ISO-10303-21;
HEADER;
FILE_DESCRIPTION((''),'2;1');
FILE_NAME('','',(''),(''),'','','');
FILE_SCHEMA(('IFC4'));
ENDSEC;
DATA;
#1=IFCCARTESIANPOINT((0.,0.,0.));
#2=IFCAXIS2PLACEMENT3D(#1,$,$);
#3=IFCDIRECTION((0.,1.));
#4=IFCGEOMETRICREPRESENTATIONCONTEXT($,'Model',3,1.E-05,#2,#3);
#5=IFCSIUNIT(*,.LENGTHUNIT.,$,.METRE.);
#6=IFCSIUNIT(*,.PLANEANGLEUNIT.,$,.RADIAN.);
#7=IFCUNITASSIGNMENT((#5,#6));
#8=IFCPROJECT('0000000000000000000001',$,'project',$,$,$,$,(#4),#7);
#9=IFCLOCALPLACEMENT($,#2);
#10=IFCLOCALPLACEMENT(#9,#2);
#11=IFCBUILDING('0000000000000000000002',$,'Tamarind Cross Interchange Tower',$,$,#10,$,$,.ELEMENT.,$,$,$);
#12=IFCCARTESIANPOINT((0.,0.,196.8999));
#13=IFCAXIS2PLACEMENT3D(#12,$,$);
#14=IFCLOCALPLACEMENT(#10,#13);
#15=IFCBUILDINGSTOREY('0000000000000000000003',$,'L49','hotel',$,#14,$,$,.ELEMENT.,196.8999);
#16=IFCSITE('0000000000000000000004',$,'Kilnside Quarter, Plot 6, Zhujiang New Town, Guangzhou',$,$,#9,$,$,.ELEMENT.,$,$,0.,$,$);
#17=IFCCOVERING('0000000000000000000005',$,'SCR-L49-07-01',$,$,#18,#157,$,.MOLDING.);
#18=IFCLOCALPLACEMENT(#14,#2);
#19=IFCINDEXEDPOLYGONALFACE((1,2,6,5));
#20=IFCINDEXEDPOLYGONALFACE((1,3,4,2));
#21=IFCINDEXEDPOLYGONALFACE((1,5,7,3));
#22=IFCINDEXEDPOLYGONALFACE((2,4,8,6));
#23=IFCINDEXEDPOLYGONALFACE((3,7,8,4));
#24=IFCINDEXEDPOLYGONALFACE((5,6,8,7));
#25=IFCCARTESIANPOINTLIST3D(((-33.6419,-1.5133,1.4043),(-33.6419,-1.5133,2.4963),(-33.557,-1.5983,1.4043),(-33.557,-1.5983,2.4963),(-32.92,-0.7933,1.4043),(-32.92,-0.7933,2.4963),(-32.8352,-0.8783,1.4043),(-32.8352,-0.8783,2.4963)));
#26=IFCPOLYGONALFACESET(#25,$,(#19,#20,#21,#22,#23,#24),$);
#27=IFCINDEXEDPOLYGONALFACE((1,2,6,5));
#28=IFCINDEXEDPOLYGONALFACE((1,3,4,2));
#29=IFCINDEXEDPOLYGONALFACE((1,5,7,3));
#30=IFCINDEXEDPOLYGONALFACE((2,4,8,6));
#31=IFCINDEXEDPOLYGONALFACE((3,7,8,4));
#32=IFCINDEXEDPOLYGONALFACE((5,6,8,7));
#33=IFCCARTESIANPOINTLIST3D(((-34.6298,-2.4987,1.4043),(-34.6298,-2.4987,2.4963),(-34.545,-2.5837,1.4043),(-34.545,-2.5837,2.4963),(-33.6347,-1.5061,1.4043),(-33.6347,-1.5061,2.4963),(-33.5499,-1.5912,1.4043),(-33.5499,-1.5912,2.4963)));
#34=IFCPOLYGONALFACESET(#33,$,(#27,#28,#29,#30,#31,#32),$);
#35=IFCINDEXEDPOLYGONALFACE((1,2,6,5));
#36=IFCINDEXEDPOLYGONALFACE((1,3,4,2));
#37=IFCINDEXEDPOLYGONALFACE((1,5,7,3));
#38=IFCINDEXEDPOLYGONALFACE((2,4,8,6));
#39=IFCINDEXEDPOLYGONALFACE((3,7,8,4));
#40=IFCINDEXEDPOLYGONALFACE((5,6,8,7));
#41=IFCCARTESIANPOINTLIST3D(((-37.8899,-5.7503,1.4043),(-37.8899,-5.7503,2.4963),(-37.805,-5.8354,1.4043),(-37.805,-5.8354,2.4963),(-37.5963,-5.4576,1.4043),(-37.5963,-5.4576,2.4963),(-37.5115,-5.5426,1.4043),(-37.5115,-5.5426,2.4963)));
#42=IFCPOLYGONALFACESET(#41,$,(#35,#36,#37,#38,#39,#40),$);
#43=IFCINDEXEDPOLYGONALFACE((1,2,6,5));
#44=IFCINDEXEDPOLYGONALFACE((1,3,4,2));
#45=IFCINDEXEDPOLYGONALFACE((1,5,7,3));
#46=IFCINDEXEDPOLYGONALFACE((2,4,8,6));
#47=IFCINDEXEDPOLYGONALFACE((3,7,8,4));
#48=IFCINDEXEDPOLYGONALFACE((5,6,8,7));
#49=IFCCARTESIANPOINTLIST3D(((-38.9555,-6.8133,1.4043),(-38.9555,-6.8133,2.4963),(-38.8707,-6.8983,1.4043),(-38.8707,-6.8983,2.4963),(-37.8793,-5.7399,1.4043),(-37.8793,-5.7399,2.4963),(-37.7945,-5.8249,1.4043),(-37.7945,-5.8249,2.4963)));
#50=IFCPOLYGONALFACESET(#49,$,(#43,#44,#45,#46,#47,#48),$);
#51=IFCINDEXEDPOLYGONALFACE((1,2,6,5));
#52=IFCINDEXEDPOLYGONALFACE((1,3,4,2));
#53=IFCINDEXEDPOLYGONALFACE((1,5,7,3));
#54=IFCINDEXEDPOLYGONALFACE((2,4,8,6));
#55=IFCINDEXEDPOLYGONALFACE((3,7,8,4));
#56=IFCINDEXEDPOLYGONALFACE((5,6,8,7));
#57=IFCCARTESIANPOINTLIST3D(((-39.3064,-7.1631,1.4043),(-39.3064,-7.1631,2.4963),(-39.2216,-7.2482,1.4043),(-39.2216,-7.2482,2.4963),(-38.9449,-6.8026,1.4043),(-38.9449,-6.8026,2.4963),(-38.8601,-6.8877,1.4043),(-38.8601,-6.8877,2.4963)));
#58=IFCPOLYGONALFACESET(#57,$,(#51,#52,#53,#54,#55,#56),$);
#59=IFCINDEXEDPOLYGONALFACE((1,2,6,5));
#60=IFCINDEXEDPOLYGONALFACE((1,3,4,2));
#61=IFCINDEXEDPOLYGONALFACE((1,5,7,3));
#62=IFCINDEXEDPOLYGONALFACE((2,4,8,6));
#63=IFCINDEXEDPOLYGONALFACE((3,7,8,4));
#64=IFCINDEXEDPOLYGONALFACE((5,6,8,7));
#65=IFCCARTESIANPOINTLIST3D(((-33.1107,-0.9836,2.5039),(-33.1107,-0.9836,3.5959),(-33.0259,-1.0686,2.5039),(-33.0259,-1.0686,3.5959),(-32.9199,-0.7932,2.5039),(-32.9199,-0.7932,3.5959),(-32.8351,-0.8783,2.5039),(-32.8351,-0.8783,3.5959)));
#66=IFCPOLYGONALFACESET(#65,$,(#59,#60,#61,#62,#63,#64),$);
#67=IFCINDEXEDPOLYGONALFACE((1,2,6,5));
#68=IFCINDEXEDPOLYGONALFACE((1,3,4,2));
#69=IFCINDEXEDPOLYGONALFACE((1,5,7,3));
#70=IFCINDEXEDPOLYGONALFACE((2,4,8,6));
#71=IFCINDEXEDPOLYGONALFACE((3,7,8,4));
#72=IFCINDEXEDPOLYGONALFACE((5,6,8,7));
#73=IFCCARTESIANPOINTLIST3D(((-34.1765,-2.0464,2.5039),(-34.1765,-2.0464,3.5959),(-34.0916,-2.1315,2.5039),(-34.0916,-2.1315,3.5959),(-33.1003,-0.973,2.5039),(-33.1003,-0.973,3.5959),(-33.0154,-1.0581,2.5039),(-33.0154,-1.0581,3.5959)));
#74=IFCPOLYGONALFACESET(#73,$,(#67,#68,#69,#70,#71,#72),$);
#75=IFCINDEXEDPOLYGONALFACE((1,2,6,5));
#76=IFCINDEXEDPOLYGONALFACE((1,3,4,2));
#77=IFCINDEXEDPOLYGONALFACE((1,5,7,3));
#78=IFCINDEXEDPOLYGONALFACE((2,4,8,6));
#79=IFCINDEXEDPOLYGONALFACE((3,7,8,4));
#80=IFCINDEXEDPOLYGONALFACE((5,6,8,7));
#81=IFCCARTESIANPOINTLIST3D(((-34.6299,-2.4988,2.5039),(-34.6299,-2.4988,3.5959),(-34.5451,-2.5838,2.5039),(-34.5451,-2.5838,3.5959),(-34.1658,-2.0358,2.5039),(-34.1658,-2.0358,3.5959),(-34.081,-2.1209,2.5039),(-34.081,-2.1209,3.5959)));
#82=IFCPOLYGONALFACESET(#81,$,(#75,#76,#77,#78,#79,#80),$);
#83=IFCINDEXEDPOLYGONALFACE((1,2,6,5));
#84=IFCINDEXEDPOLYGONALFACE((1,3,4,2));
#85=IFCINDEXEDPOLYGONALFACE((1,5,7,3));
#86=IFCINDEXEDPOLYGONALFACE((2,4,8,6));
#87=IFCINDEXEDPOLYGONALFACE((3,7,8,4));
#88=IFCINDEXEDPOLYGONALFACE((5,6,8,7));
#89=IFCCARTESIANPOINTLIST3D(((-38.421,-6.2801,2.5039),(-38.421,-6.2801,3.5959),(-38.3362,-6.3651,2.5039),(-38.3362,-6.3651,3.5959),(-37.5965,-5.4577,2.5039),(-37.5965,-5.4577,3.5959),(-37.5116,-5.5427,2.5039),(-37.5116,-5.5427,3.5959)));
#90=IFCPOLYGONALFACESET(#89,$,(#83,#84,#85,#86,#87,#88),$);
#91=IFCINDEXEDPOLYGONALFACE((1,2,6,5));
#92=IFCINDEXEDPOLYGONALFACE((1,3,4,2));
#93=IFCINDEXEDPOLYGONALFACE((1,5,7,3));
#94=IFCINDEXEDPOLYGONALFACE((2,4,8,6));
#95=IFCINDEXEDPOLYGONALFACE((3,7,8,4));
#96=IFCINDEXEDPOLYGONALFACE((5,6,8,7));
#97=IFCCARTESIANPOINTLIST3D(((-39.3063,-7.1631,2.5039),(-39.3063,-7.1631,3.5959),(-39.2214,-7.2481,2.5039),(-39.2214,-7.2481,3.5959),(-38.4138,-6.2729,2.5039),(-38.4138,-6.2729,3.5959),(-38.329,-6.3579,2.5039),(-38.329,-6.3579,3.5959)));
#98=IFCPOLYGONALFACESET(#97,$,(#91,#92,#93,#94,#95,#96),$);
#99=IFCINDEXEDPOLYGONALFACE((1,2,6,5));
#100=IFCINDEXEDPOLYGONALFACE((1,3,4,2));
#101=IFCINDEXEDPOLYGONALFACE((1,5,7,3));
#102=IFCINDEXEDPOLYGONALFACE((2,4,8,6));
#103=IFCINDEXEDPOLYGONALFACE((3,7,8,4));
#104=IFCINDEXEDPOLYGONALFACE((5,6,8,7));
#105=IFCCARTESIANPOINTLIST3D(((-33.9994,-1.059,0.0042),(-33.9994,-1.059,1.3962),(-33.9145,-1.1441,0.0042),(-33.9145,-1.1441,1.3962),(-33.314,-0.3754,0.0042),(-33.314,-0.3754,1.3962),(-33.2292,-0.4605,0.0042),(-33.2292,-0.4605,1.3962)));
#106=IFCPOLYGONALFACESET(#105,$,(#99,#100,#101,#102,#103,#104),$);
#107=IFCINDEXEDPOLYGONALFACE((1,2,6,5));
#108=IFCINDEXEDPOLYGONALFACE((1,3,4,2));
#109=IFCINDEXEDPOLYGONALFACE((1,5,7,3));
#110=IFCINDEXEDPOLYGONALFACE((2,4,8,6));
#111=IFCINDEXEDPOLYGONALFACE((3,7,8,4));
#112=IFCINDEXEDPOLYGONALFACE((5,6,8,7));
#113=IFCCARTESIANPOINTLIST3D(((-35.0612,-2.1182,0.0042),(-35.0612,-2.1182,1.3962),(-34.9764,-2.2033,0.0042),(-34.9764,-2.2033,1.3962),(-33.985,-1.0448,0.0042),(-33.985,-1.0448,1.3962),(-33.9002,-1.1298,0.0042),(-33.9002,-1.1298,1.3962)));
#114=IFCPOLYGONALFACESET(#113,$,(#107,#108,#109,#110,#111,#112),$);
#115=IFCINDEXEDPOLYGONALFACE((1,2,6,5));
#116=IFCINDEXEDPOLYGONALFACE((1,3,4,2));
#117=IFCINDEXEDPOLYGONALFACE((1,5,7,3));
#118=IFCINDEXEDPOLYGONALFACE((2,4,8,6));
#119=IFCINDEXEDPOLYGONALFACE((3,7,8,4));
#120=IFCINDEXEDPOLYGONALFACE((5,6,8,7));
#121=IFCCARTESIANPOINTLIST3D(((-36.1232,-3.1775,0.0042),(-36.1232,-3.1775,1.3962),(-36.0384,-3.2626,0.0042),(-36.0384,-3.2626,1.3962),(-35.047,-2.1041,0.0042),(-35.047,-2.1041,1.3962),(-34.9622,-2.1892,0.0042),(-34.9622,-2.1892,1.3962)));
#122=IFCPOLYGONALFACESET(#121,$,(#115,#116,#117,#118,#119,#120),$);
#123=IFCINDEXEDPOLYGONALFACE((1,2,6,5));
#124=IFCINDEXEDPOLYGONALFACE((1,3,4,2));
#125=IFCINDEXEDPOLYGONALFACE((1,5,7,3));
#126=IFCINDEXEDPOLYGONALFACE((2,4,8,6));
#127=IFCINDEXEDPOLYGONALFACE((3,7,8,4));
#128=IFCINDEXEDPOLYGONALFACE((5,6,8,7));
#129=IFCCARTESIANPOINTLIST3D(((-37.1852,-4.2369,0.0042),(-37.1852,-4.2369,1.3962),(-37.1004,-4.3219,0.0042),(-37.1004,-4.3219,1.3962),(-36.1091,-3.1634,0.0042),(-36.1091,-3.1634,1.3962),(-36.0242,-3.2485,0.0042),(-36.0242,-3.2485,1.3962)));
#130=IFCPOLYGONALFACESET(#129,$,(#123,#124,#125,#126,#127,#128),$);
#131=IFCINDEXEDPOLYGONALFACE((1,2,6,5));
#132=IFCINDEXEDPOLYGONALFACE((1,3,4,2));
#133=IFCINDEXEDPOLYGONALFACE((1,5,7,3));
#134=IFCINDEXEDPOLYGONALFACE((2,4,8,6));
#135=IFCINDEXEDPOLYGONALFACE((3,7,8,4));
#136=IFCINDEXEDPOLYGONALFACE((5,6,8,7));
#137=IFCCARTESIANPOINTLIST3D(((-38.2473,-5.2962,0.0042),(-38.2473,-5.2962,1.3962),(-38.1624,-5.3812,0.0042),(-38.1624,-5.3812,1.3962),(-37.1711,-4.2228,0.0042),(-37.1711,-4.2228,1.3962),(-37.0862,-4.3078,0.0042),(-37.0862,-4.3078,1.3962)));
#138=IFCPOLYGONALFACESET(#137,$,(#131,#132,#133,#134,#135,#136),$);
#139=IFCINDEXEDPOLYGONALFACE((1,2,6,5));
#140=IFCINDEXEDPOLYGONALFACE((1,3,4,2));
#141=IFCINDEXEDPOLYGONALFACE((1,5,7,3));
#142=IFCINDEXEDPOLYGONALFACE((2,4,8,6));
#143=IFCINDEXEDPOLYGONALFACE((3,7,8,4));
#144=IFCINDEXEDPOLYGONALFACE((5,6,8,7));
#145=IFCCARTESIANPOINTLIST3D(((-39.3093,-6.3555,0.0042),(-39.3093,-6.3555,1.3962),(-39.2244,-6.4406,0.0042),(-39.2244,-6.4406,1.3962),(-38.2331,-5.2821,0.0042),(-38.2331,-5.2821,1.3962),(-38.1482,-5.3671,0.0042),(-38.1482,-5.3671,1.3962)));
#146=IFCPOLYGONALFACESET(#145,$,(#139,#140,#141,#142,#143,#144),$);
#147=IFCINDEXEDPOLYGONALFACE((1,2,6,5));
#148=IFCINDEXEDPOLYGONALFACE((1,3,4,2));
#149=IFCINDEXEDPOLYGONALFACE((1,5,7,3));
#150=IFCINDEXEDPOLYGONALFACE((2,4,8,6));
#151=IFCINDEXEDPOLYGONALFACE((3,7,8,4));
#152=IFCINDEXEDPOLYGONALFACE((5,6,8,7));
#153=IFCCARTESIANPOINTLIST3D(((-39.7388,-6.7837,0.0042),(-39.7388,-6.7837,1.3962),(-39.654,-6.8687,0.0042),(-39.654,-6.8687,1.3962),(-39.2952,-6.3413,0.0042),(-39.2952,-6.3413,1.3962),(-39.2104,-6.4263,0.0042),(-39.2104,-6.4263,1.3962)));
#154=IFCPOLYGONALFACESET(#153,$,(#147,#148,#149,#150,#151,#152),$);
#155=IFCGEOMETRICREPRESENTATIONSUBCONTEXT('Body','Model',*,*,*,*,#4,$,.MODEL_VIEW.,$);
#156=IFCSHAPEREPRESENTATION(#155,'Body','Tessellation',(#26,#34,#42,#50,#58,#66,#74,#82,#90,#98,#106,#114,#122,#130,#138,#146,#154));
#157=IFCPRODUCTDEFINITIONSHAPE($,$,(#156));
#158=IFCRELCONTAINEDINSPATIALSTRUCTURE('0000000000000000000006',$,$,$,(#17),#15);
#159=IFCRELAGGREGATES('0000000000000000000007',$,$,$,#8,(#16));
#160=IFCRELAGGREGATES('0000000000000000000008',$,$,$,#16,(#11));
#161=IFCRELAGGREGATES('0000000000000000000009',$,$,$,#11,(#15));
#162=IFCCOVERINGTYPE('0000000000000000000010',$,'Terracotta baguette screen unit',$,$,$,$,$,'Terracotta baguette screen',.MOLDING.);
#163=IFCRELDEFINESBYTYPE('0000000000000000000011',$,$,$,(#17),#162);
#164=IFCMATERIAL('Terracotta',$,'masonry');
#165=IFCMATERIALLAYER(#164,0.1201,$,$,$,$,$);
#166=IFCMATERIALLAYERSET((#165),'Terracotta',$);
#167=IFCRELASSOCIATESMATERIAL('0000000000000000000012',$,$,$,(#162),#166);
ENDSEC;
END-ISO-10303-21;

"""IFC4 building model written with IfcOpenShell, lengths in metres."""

from ifc_helpers import new_model, si_unit, direction, frame, origin, origin_2d, place, context, subcontext, project, spatial, rectangle, extrude, material, layer, layer_set, type_object, element, save


model = new_model("IFC4")

# Units and contexts
model_context = context("Model", 3, precision=1e-05, world=origin(), true_north=direction((0.0, 1.0)))
body_context = subcontext(model_context, "Body", "Model", "MODEL_VIEW")
ifc_project = project(units=[si_unit("LENGTHUNIT", "METRE"), si_unit("PLANEANGLEUNIT", "RADIAN")], contexts=[model_context])

# Site, building, storey
site_placement = place(None, origin())
site = spatial("IfcSite", under=ifc_project, at=site_placement, Name="Kilnside Quarter, Plot 6, Zhujiang New Town, Guangzhou", CompositionType="ELEMENT", RefElevation=0.0)
building_placement = place(site_placement, origin())
building = spatial("IfcBuilding", under=site, at=building_placement, Name="Tamarind Cross Interchange Tower", CompositionType="ELEMENT")
storey_placement = place(building_placement, frame((0.0, 0.0, 196.8999)))
storey = spatial("IfcBuildingStorey", under=building, at=storey_placement, Name="L49", Description="hotel", CompositionType="ELEMENT", Elevation=196.8999)

# Covering
ifc_material_1 = material(Name="Terracotta", Category="masonry")
ifc_layer_1 = layer(ifc_material_1, 0.1201)
ifc_layer_set_1 = layer_set([ifc_layer_1], Name="Terracotta")
covering_type = type_object("IfcCoveringType", Name="Terracotta baguette screen unit", ElementType="Terracotta baguette screen", PredefinedType="MOLDING", material=ifc_layer_set_1)
covering_1_placement = place(storey_placement, origin())
element("IfcCovering", 1, at=covering_1_placement, inside=storey, type_object=covering_type, Name="SCR-L49-07-01", PredefinedType="MOLDING", context=body_context, shape_type="SweptSolid", body=[
    extrude(rectangle(XDim=1.0195, YDim=0.1201, at=origin_2d()), frame((-33.2385, -1.1958, 1.4043), z_axis=(0.0, 0.0, 1.0), x_axis=(-0.708015, -0.706198, 0.0)), (0.0, 0.0, 1.0), 1.092),
    extrude(rectangle(XDim=1.4055, YDim=0.1201, at=origin_2d()), frame((-34.0898, -2.0449, 1.4043), z_axis=(0.0, 0.0, 1.0), x_axis=(-0.708015, -0.706198, 0.0)), (0.0, 0.0, 1.0), 1.092),
    extrude(rectangle(XDim=0.4146, YDim=0.1201, at=origin_2d()), frame((-37.7007, -5.6465, 1.4043), z_axis=(0.0, 0.0, 1.0), x_axis=(-0.708015, -0.706198, 0.0)), (0.0, 0.0, 1.0), 1.092),
    extrude(rectangle(XDim=1.52, YDim=0.1201, at=origin_2d()), frame((-38.375, -6.3191, 1.4043), z_axis=(0.0, 0.0, 1.0), x_axis=(-0.708015, -0.706198, 0.0)), (0.0, 0.0, 1.0), 1.092),
    extrude(rectangle(XDim=0.5105, YDim=0.1201, at=origin_2d()), frame((-39.0833, -7.0254, 1.4043), z_axis=(0.0, 0.0, 1.0), x_axis=(-0.708015, -0.706198, 0.0)), (0.0, 0.0, 1.0), 1.092),
    extrude(rectangle(XDim=0.2695, YDim=0.1201, at=origin_2d()), frame((-32.9729, -0.9309, 2.5039), z_axis=(0.0, 0.0, 1.0), x_axis=(-0.708015, -0.706198, 0.0)), (0.0, 0.0, 1.0), 1.092),
    extrude(rectangle(XDim=1.52, YDim=0.1201, at=origin_2d()), frame((-33.5959, -1.5522, 2.5039), z_axis=(0.0, 0.0, 1.0), x_axis=(-0.708015, -0.706198, 0.0)), (0.0, 0.0, 1.0), 1.092),
    extrude(rectangle(XDim=0.6555, YDim=0.1201, at=origin_2d()), frame((-34.3555, -2.3098, 2.5039), z_axis=(0.0, 0.0, 1.0), x_axis=(-0.708015, -0.706198, 0.0)), (0.0, 0.0, 1.0), 1.092),
    extrude(rectangle(XDim=1.1646, YDim=0.1201, at=origin_2d()), frame((-37.9663, -5.9114, 2.5039), z_axis=(0.0, 0.0, 1.0), x_axis=(-0.708015, -0.706198, 0.0)), (0.0, 0.0, 1.0), 1.092),
    extrude(rectangle(XDim=1.2605, YDim=0.1201, at=origin_2d()), frame((-38.8176, -6.7605, 2.5039), z_axis=(0.0, 0.0, 1.0), x_axis=(-0.708015, -0.706198, 0.0)), (0.0, 0.0, 1.0), 1.092),
    extrude(rectangle(XDim=0.968, YDim=0.1201, at=origin_2d()), frame((-33.6143, -0.7598, 0.0042), z_axis=(0.0, 0.0, 1.0), x_axis=(-0.708015, -0.706198, 0.0)), (0.0, 0.0, 1.0), 1.3921),
    extrude(rectangle(XDim=1.52, YDim=0.1201, at=origin_2d()), frame((-34.4807, -1.624, 0.0042), z_axis=(0.0, 0.0, 1.0), x_axis=(-0.708015, -0.706198, 0.0)), (0.0, 0.0, 1.0), 1.3921),
    extrude(rectangle(XDim=1.52, YDim=0.1201, at=origin_2d()), frame((-35.5427, -2.6833, 0.0042), z_axis=(0.0, 0.0, 1.0), x_axis=(-0.708015, -0.706198, 0.0)), (0.0, 0.0, 1.0), 1.3921),
    extrude(rectangle(XDim=1.52, YDim=0.1201, at=origin_2d()), frame((-36.6047, -3.7427, 0.0042), z_axis=(0.0, 0.0, 1.0), x_axis=(-0.708015, -0.706198, 0.0)), (0.0, 0.0, 1.0), 1.3921),
    extrude(rectangle(XDim=1.52, YDim=0.1201, at=origin_2d()), frame((-37.6667, -4.802, 0.0042), z_axis=(0.0, 0.0, 1.0), x_axis=(-0.708015, -0.706198, 0.0)), (0.0, 0.0, 1.0), 1.3921),
    extrude(rectangle(XDim=1.52, YDim=0.1201, at=origin_2d()), frame((-38.7288, -5.8613, 0.0042), z_axis=(0.0, 0.0, 1.0), x_axis=(-0.708015, -0.706198, 0.0)), (0.0, 0.0, 1.0), 1.3921),
    extrude(rectangle(XDim=0.6265, YDim=0.1201, at=origin_2d()), frame((-39.4746, -6.605, 0.0042), z_axis=(0.0, 0.0, 1.0), x_axis=(-0.708015, -0.706198, 0.0)), (0.0, 0.0, 1.0), 1.3921),
])

save(model, "model.ifc")
